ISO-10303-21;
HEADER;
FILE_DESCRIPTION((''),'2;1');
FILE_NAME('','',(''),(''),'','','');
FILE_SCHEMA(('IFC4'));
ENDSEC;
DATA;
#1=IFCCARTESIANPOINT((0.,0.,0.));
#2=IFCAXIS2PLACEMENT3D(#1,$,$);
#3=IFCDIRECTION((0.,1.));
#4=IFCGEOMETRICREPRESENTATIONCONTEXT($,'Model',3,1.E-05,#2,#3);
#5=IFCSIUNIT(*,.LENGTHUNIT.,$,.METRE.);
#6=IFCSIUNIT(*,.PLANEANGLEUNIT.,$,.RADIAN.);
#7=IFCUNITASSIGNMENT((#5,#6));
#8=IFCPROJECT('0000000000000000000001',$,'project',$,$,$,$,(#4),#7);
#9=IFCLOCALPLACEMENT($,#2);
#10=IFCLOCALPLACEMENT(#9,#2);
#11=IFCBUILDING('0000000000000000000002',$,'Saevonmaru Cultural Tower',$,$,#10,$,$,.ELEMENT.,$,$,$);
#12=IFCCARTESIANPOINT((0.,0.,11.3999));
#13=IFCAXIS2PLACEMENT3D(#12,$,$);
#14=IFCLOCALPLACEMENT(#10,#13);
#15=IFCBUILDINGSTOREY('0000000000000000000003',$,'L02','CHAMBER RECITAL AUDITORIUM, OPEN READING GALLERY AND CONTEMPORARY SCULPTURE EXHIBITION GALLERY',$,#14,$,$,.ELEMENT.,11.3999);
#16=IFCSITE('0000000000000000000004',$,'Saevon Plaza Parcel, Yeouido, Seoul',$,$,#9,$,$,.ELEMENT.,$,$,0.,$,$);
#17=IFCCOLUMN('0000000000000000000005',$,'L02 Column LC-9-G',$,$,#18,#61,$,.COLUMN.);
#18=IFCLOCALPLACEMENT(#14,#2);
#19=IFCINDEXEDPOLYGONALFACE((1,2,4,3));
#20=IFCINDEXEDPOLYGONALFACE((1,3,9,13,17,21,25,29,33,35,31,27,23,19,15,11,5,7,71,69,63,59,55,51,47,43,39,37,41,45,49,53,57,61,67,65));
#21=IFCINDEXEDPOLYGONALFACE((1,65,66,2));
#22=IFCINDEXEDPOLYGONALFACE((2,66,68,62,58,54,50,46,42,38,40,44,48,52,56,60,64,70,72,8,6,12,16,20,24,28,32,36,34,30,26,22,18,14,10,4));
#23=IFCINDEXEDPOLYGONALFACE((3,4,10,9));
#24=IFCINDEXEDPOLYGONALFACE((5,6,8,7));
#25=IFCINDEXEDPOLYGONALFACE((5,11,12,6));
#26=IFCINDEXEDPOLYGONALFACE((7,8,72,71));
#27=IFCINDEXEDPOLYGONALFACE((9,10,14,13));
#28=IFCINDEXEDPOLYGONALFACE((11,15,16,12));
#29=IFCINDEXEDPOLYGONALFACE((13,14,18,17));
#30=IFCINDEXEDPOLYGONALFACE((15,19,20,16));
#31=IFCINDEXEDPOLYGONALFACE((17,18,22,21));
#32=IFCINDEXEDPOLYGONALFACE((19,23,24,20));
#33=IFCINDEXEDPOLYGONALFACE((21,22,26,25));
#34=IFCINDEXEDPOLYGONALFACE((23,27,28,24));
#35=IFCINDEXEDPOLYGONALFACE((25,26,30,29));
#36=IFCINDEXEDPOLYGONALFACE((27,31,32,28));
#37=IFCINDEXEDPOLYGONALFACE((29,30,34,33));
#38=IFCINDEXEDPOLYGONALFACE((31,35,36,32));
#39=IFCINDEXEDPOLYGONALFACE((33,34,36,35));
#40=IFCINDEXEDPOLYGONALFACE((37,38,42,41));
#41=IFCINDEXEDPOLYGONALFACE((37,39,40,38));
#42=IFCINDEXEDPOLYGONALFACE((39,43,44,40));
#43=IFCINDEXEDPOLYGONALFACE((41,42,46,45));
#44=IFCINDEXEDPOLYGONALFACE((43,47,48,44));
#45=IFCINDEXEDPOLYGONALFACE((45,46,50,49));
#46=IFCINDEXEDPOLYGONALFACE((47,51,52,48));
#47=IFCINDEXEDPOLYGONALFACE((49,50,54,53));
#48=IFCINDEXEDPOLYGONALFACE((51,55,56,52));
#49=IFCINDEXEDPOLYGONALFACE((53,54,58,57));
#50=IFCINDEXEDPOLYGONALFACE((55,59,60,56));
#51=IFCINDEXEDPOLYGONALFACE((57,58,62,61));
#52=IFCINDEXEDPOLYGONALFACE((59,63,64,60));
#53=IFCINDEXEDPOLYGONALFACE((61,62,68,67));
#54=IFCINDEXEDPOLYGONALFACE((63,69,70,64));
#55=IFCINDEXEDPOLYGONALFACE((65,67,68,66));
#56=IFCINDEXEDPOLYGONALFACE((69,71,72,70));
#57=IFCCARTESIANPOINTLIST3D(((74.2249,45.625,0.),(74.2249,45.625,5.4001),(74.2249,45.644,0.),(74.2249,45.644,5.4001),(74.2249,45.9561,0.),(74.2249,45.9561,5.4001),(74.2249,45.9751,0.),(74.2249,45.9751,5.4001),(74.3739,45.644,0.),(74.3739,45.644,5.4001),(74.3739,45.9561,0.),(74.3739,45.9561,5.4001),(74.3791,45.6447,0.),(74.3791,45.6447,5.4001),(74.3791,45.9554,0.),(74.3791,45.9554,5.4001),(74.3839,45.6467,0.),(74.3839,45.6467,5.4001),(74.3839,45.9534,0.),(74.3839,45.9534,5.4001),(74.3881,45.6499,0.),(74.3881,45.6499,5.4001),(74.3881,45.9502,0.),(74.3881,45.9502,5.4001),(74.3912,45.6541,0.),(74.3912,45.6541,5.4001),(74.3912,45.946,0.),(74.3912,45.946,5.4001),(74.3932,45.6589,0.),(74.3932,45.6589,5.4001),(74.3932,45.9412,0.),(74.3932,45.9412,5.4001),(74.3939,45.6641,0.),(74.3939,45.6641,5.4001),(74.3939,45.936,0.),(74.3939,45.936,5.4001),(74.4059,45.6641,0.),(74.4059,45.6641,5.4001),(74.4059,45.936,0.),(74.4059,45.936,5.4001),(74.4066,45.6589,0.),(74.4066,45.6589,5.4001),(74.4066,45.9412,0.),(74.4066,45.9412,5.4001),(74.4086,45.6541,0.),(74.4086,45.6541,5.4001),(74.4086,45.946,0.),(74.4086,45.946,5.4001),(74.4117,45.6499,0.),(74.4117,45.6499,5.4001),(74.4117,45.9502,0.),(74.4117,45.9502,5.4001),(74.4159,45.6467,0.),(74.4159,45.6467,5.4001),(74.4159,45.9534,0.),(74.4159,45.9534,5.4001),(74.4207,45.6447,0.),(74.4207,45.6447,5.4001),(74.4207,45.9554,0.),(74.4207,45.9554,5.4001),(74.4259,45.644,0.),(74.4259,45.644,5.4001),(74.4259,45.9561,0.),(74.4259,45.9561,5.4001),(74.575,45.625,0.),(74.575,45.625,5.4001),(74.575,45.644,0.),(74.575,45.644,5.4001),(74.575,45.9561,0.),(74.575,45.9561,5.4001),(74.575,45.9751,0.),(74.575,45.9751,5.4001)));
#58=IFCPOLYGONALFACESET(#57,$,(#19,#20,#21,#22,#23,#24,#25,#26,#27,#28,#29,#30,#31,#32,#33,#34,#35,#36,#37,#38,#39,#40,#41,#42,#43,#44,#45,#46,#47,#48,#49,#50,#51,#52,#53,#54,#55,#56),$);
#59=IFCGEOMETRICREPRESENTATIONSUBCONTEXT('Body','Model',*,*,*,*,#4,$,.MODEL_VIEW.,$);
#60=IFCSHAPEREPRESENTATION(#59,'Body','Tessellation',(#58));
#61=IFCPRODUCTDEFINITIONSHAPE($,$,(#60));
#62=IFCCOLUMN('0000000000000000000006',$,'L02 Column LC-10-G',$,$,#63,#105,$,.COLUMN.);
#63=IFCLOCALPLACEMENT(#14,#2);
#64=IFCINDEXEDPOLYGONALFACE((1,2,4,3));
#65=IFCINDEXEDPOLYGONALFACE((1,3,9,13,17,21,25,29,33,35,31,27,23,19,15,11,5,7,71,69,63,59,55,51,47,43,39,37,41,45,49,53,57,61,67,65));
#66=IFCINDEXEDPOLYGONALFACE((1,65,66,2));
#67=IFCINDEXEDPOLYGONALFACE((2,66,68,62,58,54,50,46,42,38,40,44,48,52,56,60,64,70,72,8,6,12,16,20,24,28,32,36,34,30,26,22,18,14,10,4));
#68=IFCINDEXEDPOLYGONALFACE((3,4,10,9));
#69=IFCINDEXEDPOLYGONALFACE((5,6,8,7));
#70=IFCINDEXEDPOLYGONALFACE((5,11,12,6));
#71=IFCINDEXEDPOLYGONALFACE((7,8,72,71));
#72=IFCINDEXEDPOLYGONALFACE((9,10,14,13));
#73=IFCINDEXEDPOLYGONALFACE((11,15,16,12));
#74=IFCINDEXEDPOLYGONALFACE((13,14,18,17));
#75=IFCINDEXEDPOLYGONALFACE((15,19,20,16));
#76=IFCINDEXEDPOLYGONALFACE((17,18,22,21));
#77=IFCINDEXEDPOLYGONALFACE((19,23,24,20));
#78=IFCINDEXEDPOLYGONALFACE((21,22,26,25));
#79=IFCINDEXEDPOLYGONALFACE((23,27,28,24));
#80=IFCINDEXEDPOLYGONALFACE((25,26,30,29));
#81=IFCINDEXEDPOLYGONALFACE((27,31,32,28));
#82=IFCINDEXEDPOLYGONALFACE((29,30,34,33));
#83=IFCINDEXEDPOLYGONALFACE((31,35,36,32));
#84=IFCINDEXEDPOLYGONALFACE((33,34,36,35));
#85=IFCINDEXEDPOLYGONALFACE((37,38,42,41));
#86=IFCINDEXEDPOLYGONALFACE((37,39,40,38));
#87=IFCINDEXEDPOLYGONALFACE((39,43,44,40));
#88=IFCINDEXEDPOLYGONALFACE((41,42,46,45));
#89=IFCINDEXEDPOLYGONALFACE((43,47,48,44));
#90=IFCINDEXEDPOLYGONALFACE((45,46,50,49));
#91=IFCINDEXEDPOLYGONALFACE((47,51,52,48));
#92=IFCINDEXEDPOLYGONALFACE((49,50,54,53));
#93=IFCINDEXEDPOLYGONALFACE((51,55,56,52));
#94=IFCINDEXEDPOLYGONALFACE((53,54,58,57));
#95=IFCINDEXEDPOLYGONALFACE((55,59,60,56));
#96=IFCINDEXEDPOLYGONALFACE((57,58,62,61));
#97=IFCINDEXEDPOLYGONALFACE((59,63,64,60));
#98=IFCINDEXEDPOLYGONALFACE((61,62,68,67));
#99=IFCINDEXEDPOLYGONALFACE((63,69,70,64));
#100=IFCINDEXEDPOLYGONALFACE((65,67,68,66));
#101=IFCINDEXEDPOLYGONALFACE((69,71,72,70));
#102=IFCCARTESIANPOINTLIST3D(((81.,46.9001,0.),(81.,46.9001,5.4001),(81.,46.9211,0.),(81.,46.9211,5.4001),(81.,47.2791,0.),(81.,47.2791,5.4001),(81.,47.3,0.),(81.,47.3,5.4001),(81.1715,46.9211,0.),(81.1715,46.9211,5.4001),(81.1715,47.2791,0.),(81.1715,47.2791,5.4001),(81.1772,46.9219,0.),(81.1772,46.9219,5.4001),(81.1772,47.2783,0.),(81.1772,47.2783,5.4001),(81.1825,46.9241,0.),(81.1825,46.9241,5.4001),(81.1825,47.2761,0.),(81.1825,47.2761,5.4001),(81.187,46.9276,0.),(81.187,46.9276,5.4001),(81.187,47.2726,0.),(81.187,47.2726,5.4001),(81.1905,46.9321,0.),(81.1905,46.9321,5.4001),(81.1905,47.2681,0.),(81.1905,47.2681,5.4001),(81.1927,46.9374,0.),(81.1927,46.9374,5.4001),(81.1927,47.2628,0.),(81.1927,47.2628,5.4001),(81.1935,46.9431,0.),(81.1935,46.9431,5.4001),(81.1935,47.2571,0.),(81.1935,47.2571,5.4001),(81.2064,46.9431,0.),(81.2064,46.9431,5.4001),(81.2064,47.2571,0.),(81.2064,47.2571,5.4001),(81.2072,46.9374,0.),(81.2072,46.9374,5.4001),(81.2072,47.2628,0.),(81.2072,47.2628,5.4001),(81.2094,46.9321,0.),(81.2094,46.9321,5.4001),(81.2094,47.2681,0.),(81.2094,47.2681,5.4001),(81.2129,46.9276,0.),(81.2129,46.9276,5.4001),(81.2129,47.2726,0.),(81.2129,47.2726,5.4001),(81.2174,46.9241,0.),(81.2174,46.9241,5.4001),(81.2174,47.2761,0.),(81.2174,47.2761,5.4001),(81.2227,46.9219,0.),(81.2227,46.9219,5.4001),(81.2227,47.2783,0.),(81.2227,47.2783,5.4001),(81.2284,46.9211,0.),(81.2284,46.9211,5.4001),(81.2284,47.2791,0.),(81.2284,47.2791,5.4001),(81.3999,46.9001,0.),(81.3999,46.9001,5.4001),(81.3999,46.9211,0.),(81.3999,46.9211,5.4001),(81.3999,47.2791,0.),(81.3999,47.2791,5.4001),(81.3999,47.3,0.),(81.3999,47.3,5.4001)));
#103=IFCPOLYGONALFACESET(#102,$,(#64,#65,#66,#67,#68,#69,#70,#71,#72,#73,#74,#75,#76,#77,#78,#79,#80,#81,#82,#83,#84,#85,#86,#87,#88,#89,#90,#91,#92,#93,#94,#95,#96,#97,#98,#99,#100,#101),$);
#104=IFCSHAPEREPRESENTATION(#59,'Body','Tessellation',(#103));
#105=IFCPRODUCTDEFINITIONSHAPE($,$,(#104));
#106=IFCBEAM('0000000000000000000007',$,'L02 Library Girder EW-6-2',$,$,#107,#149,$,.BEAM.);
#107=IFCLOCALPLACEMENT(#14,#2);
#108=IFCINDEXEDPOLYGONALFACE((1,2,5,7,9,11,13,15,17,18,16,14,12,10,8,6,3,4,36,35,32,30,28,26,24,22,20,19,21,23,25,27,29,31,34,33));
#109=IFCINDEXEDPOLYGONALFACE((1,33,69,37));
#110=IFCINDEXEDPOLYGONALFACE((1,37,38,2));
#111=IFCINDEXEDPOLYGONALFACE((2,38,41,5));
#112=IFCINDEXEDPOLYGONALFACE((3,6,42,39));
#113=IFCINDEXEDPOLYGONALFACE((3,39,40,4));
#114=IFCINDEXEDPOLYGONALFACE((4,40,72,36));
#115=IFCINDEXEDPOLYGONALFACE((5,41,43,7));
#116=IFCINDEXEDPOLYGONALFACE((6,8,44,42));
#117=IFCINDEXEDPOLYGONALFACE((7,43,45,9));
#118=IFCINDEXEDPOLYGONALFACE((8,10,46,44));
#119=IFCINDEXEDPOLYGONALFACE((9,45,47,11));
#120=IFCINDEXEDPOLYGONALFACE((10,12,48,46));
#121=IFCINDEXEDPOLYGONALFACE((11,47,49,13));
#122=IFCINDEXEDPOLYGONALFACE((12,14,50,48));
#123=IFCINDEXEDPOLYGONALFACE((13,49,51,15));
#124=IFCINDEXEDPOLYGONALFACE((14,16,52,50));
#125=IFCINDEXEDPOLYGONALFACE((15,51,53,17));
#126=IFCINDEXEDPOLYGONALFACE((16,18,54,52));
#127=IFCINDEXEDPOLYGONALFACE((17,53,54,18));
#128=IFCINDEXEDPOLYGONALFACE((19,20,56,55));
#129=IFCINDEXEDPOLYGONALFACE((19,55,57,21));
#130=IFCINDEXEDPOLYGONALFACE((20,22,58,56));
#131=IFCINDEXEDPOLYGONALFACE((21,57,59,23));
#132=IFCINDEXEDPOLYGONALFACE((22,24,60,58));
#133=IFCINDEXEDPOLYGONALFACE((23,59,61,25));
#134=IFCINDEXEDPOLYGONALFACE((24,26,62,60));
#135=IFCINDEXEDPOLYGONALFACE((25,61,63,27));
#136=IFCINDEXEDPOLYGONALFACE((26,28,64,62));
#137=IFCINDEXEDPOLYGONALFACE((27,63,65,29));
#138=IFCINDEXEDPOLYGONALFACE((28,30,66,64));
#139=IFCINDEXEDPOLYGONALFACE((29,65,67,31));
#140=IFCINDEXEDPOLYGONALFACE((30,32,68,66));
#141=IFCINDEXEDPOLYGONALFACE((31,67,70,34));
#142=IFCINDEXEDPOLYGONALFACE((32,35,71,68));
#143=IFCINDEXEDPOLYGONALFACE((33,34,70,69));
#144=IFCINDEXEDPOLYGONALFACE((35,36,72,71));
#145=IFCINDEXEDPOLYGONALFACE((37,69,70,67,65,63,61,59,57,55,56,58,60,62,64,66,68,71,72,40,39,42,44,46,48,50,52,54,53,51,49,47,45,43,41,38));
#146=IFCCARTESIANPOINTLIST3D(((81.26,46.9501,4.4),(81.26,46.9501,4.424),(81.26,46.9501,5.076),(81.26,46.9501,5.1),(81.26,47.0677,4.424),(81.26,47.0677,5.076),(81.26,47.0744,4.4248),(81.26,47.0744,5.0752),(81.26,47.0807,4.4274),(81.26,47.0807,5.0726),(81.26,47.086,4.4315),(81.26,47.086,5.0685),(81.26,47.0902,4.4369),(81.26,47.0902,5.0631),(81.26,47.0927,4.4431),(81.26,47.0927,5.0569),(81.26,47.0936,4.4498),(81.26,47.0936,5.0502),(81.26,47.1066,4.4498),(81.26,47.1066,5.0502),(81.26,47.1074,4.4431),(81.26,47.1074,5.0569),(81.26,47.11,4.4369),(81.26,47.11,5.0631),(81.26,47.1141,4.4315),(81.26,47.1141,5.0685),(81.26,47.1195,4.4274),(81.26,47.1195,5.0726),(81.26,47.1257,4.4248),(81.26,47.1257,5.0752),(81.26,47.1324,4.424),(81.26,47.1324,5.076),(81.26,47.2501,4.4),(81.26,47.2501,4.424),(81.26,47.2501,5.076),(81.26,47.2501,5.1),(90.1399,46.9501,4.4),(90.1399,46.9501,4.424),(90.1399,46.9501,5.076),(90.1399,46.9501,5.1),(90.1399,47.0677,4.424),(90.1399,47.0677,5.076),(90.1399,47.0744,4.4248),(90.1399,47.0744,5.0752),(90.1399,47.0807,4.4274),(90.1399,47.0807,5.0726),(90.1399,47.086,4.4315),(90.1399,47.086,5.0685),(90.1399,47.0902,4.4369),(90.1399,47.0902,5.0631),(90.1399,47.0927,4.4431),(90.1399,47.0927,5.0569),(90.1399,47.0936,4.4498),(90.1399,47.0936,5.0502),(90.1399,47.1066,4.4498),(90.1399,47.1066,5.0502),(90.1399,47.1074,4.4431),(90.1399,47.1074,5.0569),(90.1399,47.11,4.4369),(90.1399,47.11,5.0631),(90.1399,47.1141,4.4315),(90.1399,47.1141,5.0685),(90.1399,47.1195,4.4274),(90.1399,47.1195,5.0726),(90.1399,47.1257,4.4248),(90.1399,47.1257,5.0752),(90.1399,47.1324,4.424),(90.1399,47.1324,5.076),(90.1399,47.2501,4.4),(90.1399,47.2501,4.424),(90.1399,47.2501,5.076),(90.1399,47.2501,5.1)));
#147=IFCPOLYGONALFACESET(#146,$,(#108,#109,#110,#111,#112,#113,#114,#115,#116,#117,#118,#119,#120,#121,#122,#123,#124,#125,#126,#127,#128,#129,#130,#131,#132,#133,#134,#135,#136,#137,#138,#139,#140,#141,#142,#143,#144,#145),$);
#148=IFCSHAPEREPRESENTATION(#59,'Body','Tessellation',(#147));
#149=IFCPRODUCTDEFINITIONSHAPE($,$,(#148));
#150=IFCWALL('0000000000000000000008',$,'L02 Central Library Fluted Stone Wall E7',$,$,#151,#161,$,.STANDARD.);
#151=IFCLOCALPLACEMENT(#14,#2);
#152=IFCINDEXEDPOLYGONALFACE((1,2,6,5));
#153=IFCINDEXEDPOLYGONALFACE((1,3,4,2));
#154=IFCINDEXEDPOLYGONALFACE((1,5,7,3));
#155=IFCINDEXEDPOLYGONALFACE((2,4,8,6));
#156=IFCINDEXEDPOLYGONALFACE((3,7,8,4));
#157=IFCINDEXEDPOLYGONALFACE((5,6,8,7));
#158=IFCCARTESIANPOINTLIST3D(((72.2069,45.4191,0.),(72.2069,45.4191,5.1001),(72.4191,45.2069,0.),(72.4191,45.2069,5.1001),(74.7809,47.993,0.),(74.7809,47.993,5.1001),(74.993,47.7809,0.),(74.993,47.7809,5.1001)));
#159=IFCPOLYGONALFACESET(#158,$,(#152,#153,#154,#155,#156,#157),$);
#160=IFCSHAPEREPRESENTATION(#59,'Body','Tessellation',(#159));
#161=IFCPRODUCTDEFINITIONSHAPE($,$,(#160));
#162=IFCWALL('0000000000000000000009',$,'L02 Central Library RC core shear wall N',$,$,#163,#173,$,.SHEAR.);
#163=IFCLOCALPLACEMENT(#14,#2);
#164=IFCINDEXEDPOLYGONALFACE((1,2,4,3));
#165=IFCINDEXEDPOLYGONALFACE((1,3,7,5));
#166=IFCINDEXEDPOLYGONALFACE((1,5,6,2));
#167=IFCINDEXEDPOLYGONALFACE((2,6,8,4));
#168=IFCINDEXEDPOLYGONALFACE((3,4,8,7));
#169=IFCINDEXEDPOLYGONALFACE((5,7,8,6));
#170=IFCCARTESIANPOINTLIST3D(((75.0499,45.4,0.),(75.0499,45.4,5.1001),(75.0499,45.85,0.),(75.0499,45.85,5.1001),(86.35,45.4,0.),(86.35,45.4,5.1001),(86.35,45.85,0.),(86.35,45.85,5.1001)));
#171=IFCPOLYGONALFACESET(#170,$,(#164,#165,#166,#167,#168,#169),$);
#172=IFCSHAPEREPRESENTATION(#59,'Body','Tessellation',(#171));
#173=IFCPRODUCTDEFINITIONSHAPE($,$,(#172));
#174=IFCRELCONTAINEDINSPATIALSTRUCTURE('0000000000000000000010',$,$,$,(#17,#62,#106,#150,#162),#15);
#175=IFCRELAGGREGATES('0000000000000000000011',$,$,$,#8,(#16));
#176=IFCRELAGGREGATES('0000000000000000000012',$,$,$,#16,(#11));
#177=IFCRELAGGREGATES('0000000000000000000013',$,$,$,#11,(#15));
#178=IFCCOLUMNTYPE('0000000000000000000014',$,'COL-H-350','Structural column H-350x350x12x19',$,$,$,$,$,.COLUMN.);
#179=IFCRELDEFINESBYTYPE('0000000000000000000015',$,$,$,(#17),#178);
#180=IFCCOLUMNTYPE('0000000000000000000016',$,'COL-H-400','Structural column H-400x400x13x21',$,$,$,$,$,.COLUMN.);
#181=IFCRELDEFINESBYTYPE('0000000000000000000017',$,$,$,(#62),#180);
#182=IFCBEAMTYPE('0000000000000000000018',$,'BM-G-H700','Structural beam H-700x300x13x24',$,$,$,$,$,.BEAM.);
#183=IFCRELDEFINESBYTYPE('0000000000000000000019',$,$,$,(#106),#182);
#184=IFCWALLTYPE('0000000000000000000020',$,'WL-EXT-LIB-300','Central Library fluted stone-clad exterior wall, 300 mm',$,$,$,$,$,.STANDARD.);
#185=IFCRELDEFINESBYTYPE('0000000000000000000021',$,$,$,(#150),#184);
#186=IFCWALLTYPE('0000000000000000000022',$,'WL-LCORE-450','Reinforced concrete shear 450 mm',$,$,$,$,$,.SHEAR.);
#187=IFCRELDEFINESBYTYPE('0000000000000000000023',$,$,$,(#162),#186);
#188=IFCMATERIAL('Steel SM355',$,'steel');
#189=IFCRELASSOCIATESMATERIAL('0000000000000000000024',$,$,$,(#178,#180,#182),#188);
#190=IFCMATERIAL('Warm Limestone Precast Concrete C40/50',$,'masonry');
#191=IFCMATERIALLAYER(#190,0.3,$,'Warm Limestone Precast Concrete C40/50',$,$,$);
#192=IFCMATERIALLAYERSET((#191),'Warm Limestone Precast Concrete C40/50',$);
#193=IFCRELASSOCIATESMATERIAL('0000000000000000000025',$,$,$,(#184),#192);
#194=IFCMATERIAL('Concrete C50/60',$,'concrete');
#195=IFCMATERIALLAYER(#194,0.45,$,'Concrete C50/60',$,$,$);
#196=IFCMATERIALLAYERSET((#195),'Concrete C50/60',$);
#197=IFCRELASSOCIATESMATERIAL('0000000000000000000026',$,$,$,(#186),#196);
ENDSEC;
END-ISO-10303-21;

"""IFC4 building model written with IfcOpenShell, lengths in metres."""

from ifc_helpers import new_model, si_unit, direction, frame, frame_2d, origin, origin_2d, place, context, subcontext, project, spatial, rectangle, i_section, extrude, material, layer, layer_set, material_profile, profile_set, type_object, element, save


model = new_model("IFC4")

# Units and contexts
model_context = context("Model", 3, precision=1e-05, world=origin(), true_north=direction((0.0, 1.0)))
body_context = subcontext(model_context, "Body", "Model", "MODEL_VIEW")
ifc_project = project(units=[si_unit("LENGTHUNIT", "METRE"), si_unit("PLANEANGLEUNIT", "RADIAN")], contexts=[model_context])

# Site, building, storey
site_placement = place(None, origin())
site = spatial("IfcSite", under=ifc_project, at=site_placement, Name="Saevon Plaza Parcel, Yeouido, Seoul", CompositionType="ELEMENT", RefElevation=0.0)
building_placement = place(site_placement, origin())
building = spatial("IfcBuilding", under=site, at=building_placement, Name="Saevonmaru Cultural Tower", CompositionType="ELEMENT")
storey_placement = place(building_placement, frame((0.0, 0.0, 11.3999)))
storey = spatial("IfcBuildingStorey", under=building, at=storey_placement, Name="L02", Description="CHAMBER RECITAL AUDITORIUM, OPEN READING GALLERY AND CONTEMPORARY SCULPTURE EXHIBITION GALLERY", CompositionType="ELEMENT", Elevation=11.3999)

# Columns
ifc_material_1 = material(Name="Steel SM355", Category="steel")
ifc_material_profile_1 = material_profile(ifc_material_1, i_section(OverallWidth=0.3501, OverallDepth=0.3501, WebThickness=0.012, FlangeThickness=0.019, FilletRadius=0.02, at=origin_2d()), Name="H-350x350x12x19")
ifc_profile_set_1 = profile_set([ifc_material_profile_1], Name="Steel SM355")
column_type_1 = type_object("IfcColumnType", Name="COL-H-350", Description="Structural column H-350x350x12x19", PredefinedType="COLUMN", material=ifc_profile_set_1)
column_1_placement = place(storey_placement, frame((74.3999, 45.8, 0.0), z_axis=(0.0, 0.0, 1.0), x_axis=(1.0, 0.0, 0.0)))
element("IfcColumn", 1, at=column_1_placement, inside=storey, type_object=column_type_1, Name="L02 Column LC-9-G", PredefinedType="COLUMN", context=body_context, shape_type="SweptSolid", body=[
    extrude(i_section(OverallWidth=0.3501, OverallDepth=0.3501, WebThickness=0.012, FlangeThickness=0.019, FilletRadius=0.02, at=origin_2d()), origin(), (0.0, 0.0, 1.0), 5.4001),
])
ifc_material_profile_2 = material_profile(ifc_material_1, i_section(OverallWidth=0.3999, OverallDepth=0.3999, WebThickness=0.0129, FlangeThickness=0.021, FilletRadius=0.022, at=origin_2d()), Name="H-400x400x13x21")
ifc_profile_set_2 = profile_set([ifc_material_profile_2], Name="Steel SM355")
column_type_2 = type_object("IfcColumnType", Name="COL-H-400", Description="Structural column H-400x400x13x21", PredefinedType="COLUMN", material=ifc_profile_set_2)
column_2_placement = place(storey_placement, frame((81.2, 47.1001, 0.0), z_axis=(0.0, 0.0, 1.0), x_axis=(1.0, 0.0, 0.0)))
element("IfcColumn", 2, at=column_2_placement, inside=storey, type_object=column_type_2, Name="L02 Column LC-10-G", PredefinedType="COLUMN", context=body_context, shape_type="SweptSolid", body=[
    extrude(i_section(OverallWidth=0.3999, OverallDepth=0.3999, WebThickness=0.0129, FlangeThickness=0.021, FilletRadius=0.022, at=origin_2d()), origin(), (0.0, 0.0, 1.0), 5.4001),
])

# Beam
ifc_material_profile_3 = material_profile(ifc_material_1, i_section(OverallWidth=0.3, OverallDepth=0.7, WebThickness=0.0129, FlangeThickness=0.0239, FilletRadius=0.0259, at=origin_2d()), Name="H-700x300x13x24")
ifc_profile_set_3 = profile_set([ifc_material_profile_3], Name="Steel SM355")
beam_type = type_object("IfcBeamType", Name="BM-G-H700", Description="Structural beam H-700x300x13x24", PredefinedType="BEAM", material=ifc_profile_set_3)
beam_placement = place(storey_placement, frame((81.26, 47.1001, 4.75), z_axis=(1.0, 0.0, 0.0), x_axis=(0.0, 1.0, 0.0)))
element("IfcBeam", 3, at=beam_placement, inside=storey, type_object=beam_type, Name="L02 Library Girder EW-6-2", PredefinedType="BEAM", context=body_context, shape_type="SweptSolid", body=[
    extrude(i_section(OverallWidth=0.3, OverallDepth=0.7, WebThickness=0.0129, FlangeThickness=0.0239, FilletRadius=0.0259, at=origin_2d()), origin(), (0.0, 0.0, 1.0), 8.8799),
])

# Walls
ifc_material_2 = material(Name="Warm Limestone Precast Concrete C40/50", Category="masonry")
ifc_layer_1 = layer(ifc_material_2, 0.3, Name="Warm Limestone Precast Concrete C40/50")
ifc_layer_set_1 = layer_set([ifc_layer_1], Name="Warm Limestone Precast Concrete C40/50")
wall_type_1 = type_object("IfcWallType", Name="WL-EXT-LIB-300", Description="Central Library fluted stone-clad exterior wall, 300 mm", PredefinedType="STANDARD", material=ifc_layer_set_1)
wall_1_placement = place(storey_placement, frame((74.887, 47.887, 0.0), z_axis=(0.0, 0.0, 1.0), x_axis=(-0.707107, -0.707107, 0.0)))
element("IfcWall", 4, at=wall_1_placement, inside=storey, type_object=wall_type_1, Name="L02 Central Library Fluted Stone Wall E7", PredefinedType="STANDARD", context=body_context, shape_type="SweptSolid", body=[
    extrude(rectangle(XDim=3.6401, YDim=0.3, at=frame_2d((1.8201, 0.0))), origin(), (0.0, 0.0, 1.0), 5.1001),
])
ifc_material_3 = material(Name="Concrete C50/60", Category="concrete")
ifc_layer_2 = layer(ifc_material_3, 0.45, Name="Concrete C50/60")
ifc_layer_set_2 = layer_set([ifc_layer_2], Name="Concrete C50/60")
wall_type_2 = type_object("IfcWallType", Name="WL-LCORE-450", Description="Reinforced concrete shear 450 mm", PredefinedType="SHEAR", material=ifc_layer_set_2)
wall_2_placement = place(storey_placement, frame((75.05, 45.625, 0.0), z_axis=(0.0, 0.0, 1.0), x_axis=(1.0, 0.0, 0.0)))
element("IfcWall", 5, at=wall_2_placement, inside=storey, type_object=wall_type_2, Name="L02 Central Library RC core shear wall N", PredefinedType="SHEAR", context=body_context, shape_type="SweptSolid", body=[
    extrude(rectangle(XDim=11.3, YDim=0.45, at=frame_2d((5.6499, 0.0))), origin(), (0.0, 0.0, 1.0), 5.1001),
])

save(model, "model.ifc")
